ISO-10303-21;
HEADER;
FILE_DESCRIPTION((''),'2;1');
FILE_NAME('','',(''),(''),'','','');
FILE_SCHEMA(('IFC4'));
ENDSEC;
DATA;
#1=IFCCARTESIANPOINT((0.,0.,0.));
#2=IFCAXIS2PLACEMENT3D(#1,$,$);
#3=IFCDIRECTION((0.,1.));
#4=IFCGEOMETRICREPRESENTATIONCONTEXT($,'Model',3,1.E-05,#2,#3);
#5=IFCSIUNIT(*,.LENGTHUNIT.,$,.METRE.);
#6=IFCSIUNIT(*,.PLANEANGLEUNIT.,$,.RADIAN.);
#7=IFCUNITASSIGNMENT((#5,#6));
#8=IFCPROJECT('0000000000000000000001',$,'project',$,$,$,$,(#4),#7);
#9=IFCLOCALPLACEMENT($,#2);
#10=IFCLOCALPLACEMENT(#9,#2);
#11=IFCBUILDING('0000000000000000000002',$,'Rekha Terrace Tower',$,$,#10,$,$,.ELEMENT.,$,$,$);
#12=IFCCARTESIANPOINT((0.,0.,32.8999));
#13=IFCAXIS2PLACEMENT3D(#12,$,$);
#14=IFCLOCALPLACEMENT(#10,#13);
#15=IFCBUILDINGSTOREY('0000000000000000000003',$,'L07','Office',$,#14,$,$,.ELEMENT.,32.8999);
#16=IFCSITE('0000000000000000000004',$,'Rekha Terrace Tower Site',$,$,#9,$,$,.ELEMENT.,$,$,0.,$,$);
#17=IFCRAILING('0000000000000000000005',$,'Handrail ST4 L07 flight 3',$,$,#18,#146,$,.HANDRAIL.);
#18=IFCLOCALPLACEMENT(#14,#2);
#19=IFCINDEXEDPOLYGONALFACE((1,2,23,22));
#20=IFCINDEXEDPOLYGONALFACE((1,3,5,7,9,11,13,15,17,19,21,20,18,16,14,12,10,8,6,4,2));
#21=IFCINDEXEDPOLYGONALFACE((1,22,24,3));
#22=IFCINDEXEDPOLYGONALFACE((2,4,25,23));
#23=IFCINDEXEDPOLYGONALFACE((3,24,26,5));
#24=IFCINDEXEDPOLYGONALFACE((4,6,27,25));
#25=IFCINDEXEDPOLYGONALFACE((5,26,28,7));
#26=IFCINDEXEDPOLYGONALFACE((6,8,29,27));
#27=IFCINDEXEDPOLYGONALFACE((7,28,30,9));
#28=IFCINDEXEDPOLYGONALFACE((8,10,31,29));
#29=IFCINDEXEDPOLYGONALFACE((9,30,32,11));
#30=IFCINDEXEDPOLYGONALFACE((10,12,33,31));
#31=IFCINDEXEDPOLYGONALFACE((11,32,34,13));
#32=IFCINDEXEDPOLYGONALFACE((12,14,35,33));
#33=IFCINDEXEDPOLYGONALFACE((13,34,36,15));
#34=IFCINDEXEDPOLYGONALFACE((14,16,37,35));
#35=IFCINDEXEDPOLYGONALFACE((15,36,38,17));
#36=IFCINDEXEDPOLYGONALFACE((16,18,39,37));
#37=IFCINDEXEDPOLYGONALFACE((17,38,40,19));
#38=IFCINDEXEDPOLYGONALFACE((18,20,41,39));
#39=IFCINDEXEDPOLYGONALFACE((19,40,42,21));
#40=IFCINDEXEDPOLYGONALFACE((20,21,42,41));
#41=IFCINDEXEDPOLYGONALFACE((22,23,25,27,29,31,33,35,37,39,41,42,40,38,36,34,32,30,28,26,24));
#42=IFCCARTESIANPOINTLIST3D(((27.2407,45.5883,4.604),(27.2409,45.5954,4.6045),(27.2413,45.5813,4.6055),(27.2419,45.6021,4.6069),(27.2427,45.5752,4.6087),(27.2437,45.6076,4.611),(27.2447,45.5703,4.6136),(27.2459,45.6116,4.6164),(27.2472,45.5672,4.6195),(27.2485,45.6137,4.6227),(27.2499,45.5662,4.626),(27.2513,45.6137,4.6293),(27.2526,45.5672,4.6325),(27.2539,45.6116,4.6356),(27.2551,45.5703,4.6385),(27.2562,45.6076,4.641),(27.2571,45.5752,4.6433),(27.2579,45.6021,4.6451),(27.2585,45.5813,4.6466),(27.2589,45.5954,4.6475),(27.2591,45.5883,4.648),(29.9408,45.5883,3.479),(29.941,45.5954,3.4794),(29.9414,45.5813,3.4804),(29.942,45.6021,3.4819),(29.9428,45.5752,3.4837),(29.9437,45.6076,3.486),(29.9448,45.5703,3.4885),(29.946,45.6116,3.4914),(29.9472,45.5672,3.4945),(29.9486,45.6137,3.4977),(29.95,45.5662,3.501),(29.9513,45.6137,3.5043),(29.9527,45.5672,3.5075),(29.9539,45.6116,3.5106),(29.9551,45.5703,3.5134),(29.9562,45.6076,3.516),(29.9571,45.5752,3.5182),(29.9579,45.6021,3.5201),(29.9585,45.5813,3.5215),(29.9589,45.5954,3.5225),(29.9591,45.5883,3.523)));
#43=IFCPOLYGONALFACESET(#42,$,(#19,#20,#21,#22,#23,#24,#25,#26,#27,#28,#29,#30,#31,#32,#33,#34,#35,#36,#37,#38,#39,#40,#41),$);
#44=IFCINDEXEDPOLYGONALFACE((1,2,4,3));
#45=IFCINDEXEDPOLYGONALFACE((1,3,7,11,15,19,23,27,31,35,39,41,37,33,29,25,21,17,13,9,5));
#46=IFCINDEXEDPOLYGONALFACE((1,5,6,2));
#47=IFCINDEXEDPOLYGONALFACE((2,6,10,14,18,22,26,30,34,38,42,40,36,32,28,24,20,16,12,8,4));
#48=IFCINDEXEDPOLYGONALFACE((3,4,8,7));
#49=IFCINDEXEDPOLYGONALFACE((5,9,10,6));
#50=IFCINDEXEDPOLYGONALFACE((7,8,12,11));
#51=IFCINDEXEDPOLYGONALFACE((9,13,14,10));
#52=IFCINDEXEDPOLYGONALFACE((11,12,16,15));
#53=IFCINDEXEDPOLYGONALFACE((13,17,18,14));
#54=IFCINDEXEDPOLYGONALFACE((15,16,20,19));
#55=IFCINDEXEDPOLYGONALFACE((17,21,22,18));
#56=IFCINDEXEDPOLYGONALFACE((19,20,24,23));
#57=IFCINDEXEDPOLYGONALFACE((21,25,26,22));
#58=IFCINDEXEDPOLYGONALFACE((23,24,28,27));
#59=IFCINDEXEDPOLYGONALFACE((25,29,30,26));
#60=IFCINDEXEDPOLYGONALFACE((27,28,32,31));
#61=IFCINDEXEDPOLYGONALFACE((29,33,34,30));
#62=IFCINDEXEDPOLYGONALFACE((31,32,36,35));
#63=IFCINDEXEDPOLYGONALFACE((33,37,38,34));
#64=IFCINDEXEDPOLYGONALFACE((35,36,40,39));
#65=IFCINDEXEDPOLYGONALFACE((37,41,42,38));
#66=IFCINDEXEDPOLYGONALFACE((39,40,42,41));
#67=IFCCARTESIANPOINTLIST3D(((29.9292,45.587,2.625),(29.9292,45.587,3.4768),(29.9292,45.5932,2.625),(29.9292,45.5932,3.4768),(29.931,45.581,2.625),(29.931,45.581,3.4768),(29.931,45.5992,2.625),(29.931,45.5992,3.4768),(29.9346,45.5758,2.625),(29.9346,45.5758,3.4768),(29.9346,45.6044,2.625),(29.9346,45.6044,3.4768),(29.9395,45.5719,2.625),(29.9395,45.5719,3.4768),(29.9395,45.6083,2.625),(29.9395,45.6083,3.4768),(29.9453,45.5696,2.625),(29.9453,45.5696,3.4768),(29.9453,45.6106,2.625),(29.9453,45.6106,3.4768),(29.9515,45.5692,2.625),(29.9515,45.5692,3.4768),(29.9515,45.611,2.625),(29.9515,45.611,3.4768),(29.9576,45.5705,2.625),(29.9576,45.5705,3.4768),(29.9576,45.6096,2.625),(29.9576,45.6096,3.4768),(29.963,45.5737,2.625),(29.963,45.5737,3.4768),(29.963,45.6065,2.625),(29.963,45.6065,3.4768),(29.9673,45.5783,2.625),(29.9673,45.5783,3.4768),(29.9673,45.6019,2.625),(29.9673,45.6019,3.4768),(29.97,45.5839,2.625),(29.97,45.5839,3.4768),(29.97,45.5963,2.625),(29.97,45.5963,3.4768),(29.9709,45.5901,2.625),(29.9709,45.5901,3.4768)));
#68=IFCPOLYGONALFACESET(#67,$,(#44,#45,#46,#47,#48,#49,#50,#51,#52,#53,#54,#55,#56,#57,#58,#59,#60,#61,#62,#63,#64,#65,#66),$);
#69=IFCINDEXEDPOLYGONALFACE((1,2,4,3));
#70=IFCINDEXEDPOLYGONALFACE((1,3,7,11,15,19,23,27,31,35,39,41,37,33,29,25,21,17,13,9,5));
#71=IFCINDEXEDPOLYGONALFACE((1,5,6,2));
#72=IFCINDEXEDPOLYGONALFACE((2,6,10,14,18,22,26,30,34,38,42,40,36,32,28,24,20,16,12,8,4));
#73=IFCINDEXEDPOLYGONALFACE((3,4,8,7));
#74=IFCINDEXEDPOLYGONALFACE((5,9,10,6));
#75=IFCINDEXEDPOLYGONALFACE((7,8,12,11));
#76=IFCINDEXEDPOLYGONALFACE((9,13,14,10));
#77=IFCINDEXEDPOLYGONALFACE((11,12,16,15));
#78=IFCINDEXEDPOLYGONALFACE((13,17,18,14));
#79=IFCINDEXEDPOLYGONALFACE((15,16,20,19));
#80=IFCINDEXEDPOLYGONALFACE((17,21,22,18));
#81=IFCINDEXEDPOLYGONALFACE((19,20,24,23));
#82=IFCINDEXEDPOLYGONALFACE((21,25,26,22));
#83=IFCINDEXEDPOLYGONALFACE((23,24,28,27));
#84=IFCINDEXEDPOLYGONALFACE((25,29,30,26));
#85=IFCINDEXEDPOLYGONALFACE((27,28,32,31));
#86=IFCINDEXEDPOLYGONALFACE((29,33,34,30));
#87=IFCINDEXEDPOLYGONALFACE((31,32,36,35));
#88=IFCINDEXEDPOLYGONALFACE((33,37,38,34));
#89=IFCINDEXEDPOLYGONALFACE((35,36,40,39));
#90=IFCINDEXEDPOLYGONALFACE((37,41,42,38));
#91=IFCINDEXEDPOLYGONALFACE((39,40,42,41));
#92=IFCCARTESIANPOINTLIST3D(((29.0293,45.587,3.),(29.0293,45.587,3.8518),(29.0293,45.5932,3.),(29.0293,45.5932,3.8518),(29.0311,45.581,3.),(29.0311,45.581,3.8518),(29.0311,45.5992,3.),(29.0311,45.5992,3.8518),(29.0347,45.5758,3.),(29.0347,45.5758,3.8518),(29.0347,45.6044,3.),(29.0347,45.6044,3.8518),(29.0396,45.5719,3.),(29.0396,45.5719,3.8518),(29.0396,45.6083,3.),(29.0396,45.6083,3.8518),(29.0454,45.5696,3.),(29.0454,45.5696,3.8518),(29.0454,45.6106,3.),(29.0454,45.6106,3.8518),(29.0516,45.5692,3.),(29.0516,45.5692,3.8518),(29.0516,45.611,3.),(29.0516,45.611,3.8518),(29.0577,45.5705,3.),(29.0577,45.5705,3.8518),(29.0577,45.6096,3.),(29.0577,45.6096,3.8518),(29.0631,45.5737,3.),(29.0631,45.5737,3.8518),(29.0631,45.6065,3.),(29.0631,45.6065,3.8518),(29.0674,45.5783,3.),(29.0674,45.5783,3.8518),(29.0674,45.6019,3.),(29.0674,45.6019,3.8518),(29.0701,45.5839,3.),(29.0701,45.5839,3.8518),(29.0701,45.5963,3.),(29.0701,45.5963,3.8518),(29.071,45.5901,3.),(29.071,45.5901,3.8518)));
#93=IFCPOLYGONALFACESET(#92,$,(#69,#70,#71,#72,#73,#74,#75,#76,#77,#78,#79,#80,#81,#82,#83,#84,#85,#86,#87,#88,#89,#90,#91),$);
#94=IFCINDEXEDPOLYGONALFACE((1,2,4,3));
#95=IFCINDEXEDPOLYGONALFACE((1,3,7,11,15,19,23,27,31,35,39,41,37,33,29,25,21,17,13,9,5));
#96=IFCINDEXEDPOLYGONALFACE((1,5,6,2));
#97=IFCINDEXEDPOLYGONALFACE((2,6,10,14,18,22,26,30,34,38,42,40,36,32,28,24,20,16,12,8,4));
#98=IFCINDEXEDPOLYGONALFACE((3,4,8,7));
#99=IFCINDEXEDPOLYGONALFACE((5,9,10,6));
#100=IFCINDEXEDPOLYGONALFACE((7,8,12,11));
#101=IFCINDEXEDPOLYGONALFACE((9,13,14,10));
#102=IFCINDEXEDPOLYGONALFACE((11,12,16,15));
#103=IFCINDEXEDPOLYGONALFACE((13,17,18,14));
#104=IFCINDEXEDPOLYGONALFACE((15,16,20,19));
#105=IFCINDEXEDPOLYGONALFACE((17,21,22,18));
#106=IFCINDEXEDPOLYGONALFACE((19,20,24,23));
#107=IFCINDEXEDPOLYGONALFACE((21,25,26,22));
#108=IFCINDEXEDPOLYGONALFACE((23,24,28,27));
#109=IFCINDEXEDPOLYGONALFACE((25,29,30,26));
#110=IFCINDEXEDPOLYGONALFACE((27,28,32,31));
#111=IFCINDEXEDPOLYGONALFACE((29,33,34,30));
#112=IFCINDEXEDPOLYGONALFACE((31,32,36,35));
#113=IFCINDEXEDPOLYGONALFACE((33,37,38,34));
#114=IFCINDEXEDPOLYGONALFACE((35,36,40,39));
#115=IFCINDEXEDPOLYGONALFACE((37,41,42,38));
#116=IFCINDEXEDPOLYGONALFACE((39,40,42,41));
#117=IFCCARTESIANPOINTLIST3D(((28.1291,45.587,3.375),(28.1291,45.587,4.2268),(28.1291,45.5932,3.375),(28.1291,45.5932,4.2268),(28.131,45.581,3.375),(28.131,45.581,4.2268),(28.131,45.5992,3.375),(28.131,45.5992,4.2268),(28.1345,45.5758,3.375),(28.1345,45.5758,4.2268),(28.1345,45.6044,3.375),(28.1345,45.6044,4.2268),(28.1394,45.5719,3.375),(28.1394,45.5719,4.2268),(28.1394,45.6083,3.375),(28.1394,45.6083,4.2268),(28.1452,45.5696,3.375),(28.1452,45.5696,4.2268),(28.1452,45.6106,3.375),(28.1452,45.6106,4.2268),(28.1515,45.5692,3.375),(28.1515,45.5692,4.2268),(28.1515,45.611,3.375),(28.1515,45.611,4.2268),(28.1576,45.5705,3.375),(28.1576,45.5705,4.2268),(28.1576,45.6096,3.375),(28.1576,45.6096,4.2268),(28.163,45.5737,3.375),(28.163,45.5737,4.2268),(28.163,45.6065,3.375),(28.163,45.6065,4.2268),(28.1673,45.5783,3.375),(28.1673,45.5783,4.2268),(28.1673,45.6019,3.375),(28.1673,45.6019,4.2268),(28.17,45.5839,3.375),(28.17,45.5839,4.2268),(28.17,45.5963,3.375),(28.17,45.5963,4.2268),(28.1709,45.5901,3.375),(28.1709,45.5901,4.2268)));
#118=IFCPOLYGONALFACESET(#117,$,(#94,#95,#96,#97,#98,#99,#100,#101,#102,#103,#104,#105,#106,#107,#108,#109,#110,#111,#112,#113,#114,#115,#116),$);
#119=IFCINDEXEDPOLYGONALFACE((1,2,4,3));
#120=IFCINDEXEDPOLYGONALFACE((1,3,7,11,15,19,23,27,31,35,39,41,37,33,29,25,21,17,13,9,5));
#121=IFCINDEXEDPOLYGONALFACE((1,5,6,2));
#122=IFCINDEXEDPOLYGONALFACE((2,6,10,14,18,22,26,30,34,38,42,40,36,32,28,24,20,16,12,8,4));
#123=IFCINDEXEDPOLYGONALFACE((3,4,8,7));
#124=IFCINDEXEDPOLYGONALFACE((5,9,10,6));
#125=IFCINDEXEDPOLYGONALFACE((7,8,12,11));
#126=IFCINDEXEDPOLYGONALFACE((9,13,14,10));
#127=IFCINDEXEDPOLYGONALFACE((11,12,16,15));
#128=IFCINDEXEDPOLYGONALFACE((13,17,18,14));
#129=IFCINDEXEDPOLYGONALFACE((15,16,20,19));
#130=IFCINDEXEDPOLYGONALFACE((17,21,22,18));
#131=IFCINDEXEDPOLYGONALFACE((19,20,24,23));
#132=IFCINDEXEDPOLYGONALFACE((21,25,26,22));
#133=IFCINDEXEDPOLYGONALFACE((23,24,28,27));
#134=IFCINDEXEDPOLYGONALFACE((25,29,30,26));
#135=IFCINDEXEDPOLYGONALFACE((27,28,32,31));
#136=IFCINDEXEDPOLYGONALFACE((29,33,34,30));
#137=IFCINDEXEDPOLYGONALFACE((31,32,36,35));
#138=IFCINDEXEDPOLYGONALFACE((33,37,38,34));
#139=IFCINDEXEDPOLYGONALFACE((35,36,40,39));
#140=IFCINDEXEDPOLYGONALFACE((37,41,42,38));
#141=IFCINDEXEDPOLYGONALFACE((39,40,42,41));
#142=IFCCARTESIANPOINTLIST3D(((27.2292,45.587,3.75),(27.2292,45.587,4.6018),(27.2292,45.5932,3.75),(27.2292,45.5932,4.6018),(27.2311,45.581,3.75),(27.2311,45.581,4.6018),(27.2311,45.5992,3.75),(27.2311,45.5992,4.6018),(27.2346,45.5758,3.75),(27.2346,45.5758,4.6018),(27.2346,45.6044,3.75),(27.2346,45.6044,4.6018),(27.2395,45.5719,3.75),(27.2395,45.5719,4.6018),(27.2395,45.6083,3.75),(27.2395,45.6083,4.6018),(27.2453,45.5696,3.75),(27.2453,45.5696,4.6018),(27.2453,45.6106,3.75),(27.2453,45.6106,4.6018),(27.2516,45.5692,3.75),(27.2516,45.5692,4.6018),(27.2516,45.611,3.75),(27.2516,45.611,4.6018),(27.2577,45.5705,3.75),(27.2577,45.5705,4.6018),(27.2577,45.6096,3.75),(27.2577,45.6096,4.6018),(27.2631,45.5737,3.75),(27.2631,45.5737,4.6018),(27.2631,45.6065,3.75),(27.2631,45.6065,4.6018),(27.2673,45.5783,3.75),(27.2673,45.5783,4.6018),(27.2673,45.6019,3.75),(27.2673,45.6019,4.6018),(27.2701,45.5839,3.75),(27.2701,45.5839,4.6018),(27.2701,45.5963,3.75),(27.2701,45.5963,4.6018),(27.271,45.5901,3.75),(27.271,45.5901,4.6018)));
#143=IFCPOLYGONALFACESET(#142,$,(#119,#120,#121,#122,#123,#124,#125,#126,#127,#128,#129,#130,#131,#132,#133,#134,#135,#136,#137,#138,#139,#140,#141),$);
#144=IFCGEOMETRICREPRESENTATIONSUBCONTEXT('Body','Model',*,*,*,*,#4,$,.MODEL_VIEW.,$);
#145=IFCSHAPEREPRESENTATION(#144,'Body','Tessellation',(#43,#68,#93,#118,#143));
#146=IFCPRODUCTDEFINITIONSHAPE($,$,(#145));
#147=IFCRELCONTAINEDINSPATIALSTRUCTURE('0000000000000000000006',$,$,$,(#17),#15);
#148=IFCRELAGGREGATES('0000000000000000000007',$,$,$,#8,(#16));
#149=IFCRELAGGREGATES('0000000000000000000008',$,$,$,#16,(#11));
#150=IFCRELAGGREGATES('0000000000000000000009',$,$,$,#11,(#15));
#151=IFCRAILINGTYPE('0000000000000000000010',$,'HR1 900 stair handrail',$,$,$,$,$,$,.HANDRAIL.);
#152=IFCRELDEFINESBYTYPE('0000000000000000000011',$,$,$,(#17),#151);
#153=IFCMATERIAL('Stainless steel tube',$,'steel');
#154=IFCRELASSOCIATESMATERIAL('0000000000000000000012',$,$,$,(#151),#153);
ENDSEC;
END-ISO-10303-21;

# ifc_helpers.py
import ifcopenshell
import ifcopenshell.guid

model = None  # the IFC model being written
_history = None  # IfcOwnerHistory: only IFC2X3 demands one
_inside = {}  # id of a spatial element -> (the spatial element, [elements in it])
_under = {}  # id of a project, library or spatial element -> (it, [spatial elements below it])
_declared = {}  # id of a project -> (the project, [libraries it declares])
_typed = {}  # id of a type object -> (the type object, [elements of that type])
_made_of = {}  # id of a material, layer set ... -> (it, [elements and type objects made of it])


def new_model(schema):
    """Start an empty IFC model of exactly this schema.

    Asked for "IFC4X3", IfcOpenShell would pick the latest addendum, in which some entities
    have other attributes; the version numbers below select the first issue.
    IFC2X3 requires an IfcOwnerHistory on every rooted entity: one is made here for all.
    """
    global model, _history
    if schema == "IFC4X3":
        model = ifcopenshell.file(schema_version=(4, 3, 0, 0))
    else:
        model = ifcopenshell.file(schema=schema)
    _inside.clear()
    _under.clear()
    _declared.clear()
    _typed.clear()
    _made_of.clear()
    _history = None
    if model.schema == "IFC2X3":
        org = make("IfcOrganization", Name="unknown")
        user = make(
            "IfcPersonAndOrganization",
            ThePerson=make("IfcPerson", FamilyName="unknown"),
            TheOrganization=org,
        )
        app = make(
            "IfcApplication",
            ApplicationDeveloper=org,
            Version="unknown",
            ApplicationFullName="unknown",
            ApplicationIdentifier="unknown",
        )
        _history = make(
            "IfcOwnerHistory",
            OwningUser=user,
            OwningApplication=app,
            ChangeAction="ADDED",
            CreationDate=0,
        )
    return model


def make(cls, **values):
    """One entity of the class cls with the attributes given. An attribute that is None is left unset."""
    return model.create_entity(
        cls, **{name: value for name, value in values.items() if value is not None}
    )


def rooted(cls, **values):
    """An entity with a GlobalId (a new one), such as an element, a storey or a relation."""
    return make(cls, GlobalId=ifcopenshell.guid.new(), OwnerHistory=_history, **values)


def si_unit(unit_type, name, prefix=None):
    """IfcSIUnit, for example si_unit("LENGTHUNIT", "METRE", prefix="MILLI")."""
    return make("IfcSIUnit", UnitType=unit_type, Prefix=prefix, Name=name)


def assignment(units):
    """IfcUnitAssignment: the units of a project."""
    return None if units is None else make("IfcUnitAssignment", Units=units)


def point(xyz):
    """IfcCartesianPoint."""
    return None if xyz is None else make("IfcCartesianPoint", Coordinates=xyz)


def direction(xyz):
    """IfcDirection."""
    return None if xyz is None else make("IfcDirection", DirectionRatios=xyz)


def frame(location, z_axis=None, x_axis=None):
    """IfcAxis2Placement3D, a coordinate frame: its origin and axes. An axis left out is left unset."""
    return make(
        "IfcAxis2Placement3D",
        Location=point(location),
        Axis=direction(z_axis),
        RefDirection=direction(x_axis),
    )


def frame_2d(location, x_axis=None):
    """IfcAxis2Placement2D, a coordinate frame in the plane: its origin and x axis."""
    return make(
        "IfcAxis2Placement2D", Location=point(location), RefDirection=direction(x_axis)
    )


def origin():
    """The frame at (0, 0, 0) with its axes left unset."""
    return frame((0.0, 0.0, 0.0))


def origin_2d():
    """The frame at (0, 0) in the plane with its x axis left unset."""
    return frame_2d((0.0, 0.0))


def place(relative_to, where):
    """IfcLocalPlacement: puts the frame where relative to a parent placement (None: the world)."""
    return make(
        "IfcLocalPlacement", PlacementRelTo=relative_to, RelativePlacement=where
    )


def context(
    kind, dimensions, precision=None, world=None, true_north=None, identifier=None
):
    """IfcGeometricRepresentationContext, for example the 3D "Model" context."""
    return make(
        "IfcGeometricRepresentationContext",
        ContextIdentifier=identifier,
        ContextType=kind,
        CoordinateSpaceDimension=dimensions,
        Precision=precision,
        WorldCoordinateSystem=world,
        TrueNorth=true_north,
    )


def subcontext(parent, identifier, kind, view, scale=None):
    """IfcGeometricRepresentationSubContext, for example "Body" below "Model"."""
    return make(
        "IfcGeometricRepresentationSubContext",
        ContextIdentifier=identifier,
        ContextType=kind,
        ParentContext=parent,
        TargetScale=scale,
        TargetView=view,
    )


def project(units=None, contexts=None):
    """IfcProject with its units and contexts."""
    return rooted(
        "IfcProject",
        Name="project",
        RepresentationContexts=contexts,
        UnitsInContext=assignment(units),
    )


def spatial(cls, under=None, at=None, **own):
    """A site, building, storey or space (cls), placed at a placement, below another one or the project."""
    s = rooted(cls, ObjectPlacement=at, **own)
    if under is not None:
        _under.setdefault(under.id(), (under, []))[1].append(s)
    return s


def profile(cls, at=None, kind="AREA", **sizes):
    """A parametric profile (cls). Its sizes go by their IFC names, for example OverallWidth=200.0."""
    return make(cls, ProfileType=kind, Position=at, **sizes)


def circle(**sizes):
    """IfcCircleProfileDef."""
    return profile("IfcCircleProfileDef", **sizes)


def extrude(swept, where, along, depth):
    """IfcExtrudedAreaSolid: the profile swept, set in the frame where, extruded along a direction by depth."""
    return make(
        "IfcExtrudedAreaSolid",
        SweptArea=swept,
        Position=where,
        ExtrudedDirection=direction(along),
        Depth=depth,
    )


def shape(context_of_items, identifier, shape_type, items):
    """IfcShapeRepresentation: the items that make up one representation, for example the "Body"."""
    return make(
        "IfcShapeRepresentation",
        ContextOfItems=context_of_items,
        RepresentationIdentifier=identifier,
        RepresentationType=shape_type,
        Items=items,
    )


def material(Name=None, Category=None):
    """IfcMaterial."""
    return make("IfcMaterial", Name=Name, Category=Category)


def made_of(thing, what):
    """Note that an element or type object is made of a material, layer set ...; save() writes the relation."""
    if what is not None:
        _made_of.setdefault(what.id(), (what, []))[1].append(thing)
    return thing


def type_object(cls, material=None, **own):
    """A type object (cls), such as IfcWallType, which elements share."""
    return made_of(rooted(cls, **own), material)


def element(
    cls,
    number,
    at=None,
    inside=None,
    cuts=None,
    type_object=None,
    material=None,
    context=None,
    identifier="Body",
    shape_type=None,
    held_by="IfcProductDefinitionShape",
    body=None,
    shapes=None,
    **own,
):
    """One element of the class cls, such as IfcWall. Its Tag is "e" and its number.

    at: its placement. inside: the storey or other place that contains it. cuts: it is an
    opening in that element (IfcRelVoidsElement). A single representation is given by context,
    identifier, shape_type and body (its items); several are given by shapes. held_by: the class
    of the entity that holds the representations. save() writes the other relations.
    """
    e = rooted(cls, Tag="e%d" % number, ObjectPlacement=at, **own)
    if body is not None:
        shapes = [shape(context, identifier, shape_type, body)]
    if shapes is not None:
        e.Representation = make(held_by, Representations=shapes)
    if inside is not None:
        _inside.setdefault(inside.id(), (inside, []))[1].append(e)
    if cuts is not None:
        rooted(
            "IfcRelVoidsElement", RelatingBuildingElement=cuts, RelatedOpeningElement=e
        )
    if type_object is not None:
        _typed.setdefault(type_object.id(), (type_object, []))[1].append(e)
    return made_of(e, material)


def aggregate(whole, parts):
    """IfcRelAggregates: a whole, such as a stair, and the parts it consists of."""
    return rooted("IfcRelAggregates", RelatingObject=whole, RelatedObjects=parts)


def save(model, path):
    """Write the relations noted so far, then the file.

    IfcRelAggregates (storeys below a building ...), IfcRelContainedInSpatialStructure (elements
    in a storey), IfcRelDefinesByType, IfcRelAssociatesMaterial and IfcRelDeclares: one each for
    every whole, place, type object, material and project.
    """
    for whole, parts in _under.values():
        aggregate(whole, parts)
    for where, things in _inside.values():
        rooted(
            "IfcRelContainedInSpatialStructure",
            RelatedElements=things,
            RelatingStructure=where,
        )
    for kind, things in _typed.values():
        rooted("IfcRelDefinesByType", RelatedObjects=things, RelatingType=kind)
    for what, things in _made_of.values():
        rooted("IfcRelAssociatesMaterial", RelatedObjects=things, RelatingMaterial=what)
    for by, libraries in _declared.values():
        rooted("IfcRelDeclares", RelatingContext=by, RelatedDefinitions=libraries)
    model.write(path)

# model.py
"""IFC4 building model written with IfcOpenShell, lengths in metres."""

from ifc_helpers import new_model, si_unit, direction, frame, origin, origin_2d, place, context, subcontext, project, spatial, circle, extrude, material, type_object, element, save


model = new_model("IFC4")

# Units and contexts
model_context = context("Model", 3, precision=1e-05, world=origin(), true_north=direction((0.0, 1.0)))
body_context = subcontext(model_context, "Body", "Model", "MODEL_VIEW")
ifc_project = project(units=[si_unit("LENGTHUNIT", "METRE"), si_unit("PLANEANGLEUNIT", "RADIAN")], contexts=[model_context])

# Site, building, storey
site_placement = place(None, origin())
site = spatial("IfcSite", under=ifc_project, at=site_placement, Name="Rekha Terrace Tower Site", CompositionType="ELEMENT", RefElevation=0.0)
building_placement = place(site_placement, origin())
building = spatial("IfcBuilding", under=site, at=building_placement, Name="Rekha Terrace Tower", CompositionType="ELEMENT")
storey_placement = place(building_placement, frame((0.0, 0.0, 32.8999)))
storey = spatial("IfcBuildingStorey", under=building, at=storey_placement, Name="L07", Description="Office", CompositionType="ELEMENT", Elevation=32.8999)

# Railing
ifc_material_1 = material(Name="Stainless steel tube", Category="steel")
railing_type_1 = type_object("IfcRailingType", Name="HR1 900 stair handrail", PredefinedType="HANDRAIL", material=ifc_material_1)
railing_1_placement = place(storey_placement, frame((29.95, 45.5901, 2.625)))
element("IfcRailing", 1, at=railing_1_placement, inside=storey, type_object=railing_type_1, Name="Handrail ST4 L07 flight 3", PredefinedType="HANDRAIL", context=body_context, shape_type="SweptSolid", body=[
    extrude(circle(Radius=0.0239, at=origin_2d()), frame((0.0, 0.0, 0.876), z_axis=(-0.923074, 0.0, 0.384621), x_axis=(0.0, -1.0, 0.0)), (0.0, 0.0, 1.0), 2.925),
    extrude(circle(Radius=0.021, at=origin_2d()), origin(), (0.0, 0.0, 1.0), 0.8518),
    extrude(circle(Radius=0.021, at=origin_2d()), frame((-0.8999, 0.0, 0.375)), (0.0, 0.0, 1.0), 0.8518),
    extrude(circle(Radius=0.021, at=origin_2d()), frame((-1.8, 0.0, 0.75)), (0.0, 0.0, 1.0), 0.8518),
    extrude(circle(Radius=0.021, at=origin_2d()), frame((-2.7, 0.0, 1.125)), (0.0, 0.0, 1.0), 0.8518),
])

save(model, "model.ifc")
